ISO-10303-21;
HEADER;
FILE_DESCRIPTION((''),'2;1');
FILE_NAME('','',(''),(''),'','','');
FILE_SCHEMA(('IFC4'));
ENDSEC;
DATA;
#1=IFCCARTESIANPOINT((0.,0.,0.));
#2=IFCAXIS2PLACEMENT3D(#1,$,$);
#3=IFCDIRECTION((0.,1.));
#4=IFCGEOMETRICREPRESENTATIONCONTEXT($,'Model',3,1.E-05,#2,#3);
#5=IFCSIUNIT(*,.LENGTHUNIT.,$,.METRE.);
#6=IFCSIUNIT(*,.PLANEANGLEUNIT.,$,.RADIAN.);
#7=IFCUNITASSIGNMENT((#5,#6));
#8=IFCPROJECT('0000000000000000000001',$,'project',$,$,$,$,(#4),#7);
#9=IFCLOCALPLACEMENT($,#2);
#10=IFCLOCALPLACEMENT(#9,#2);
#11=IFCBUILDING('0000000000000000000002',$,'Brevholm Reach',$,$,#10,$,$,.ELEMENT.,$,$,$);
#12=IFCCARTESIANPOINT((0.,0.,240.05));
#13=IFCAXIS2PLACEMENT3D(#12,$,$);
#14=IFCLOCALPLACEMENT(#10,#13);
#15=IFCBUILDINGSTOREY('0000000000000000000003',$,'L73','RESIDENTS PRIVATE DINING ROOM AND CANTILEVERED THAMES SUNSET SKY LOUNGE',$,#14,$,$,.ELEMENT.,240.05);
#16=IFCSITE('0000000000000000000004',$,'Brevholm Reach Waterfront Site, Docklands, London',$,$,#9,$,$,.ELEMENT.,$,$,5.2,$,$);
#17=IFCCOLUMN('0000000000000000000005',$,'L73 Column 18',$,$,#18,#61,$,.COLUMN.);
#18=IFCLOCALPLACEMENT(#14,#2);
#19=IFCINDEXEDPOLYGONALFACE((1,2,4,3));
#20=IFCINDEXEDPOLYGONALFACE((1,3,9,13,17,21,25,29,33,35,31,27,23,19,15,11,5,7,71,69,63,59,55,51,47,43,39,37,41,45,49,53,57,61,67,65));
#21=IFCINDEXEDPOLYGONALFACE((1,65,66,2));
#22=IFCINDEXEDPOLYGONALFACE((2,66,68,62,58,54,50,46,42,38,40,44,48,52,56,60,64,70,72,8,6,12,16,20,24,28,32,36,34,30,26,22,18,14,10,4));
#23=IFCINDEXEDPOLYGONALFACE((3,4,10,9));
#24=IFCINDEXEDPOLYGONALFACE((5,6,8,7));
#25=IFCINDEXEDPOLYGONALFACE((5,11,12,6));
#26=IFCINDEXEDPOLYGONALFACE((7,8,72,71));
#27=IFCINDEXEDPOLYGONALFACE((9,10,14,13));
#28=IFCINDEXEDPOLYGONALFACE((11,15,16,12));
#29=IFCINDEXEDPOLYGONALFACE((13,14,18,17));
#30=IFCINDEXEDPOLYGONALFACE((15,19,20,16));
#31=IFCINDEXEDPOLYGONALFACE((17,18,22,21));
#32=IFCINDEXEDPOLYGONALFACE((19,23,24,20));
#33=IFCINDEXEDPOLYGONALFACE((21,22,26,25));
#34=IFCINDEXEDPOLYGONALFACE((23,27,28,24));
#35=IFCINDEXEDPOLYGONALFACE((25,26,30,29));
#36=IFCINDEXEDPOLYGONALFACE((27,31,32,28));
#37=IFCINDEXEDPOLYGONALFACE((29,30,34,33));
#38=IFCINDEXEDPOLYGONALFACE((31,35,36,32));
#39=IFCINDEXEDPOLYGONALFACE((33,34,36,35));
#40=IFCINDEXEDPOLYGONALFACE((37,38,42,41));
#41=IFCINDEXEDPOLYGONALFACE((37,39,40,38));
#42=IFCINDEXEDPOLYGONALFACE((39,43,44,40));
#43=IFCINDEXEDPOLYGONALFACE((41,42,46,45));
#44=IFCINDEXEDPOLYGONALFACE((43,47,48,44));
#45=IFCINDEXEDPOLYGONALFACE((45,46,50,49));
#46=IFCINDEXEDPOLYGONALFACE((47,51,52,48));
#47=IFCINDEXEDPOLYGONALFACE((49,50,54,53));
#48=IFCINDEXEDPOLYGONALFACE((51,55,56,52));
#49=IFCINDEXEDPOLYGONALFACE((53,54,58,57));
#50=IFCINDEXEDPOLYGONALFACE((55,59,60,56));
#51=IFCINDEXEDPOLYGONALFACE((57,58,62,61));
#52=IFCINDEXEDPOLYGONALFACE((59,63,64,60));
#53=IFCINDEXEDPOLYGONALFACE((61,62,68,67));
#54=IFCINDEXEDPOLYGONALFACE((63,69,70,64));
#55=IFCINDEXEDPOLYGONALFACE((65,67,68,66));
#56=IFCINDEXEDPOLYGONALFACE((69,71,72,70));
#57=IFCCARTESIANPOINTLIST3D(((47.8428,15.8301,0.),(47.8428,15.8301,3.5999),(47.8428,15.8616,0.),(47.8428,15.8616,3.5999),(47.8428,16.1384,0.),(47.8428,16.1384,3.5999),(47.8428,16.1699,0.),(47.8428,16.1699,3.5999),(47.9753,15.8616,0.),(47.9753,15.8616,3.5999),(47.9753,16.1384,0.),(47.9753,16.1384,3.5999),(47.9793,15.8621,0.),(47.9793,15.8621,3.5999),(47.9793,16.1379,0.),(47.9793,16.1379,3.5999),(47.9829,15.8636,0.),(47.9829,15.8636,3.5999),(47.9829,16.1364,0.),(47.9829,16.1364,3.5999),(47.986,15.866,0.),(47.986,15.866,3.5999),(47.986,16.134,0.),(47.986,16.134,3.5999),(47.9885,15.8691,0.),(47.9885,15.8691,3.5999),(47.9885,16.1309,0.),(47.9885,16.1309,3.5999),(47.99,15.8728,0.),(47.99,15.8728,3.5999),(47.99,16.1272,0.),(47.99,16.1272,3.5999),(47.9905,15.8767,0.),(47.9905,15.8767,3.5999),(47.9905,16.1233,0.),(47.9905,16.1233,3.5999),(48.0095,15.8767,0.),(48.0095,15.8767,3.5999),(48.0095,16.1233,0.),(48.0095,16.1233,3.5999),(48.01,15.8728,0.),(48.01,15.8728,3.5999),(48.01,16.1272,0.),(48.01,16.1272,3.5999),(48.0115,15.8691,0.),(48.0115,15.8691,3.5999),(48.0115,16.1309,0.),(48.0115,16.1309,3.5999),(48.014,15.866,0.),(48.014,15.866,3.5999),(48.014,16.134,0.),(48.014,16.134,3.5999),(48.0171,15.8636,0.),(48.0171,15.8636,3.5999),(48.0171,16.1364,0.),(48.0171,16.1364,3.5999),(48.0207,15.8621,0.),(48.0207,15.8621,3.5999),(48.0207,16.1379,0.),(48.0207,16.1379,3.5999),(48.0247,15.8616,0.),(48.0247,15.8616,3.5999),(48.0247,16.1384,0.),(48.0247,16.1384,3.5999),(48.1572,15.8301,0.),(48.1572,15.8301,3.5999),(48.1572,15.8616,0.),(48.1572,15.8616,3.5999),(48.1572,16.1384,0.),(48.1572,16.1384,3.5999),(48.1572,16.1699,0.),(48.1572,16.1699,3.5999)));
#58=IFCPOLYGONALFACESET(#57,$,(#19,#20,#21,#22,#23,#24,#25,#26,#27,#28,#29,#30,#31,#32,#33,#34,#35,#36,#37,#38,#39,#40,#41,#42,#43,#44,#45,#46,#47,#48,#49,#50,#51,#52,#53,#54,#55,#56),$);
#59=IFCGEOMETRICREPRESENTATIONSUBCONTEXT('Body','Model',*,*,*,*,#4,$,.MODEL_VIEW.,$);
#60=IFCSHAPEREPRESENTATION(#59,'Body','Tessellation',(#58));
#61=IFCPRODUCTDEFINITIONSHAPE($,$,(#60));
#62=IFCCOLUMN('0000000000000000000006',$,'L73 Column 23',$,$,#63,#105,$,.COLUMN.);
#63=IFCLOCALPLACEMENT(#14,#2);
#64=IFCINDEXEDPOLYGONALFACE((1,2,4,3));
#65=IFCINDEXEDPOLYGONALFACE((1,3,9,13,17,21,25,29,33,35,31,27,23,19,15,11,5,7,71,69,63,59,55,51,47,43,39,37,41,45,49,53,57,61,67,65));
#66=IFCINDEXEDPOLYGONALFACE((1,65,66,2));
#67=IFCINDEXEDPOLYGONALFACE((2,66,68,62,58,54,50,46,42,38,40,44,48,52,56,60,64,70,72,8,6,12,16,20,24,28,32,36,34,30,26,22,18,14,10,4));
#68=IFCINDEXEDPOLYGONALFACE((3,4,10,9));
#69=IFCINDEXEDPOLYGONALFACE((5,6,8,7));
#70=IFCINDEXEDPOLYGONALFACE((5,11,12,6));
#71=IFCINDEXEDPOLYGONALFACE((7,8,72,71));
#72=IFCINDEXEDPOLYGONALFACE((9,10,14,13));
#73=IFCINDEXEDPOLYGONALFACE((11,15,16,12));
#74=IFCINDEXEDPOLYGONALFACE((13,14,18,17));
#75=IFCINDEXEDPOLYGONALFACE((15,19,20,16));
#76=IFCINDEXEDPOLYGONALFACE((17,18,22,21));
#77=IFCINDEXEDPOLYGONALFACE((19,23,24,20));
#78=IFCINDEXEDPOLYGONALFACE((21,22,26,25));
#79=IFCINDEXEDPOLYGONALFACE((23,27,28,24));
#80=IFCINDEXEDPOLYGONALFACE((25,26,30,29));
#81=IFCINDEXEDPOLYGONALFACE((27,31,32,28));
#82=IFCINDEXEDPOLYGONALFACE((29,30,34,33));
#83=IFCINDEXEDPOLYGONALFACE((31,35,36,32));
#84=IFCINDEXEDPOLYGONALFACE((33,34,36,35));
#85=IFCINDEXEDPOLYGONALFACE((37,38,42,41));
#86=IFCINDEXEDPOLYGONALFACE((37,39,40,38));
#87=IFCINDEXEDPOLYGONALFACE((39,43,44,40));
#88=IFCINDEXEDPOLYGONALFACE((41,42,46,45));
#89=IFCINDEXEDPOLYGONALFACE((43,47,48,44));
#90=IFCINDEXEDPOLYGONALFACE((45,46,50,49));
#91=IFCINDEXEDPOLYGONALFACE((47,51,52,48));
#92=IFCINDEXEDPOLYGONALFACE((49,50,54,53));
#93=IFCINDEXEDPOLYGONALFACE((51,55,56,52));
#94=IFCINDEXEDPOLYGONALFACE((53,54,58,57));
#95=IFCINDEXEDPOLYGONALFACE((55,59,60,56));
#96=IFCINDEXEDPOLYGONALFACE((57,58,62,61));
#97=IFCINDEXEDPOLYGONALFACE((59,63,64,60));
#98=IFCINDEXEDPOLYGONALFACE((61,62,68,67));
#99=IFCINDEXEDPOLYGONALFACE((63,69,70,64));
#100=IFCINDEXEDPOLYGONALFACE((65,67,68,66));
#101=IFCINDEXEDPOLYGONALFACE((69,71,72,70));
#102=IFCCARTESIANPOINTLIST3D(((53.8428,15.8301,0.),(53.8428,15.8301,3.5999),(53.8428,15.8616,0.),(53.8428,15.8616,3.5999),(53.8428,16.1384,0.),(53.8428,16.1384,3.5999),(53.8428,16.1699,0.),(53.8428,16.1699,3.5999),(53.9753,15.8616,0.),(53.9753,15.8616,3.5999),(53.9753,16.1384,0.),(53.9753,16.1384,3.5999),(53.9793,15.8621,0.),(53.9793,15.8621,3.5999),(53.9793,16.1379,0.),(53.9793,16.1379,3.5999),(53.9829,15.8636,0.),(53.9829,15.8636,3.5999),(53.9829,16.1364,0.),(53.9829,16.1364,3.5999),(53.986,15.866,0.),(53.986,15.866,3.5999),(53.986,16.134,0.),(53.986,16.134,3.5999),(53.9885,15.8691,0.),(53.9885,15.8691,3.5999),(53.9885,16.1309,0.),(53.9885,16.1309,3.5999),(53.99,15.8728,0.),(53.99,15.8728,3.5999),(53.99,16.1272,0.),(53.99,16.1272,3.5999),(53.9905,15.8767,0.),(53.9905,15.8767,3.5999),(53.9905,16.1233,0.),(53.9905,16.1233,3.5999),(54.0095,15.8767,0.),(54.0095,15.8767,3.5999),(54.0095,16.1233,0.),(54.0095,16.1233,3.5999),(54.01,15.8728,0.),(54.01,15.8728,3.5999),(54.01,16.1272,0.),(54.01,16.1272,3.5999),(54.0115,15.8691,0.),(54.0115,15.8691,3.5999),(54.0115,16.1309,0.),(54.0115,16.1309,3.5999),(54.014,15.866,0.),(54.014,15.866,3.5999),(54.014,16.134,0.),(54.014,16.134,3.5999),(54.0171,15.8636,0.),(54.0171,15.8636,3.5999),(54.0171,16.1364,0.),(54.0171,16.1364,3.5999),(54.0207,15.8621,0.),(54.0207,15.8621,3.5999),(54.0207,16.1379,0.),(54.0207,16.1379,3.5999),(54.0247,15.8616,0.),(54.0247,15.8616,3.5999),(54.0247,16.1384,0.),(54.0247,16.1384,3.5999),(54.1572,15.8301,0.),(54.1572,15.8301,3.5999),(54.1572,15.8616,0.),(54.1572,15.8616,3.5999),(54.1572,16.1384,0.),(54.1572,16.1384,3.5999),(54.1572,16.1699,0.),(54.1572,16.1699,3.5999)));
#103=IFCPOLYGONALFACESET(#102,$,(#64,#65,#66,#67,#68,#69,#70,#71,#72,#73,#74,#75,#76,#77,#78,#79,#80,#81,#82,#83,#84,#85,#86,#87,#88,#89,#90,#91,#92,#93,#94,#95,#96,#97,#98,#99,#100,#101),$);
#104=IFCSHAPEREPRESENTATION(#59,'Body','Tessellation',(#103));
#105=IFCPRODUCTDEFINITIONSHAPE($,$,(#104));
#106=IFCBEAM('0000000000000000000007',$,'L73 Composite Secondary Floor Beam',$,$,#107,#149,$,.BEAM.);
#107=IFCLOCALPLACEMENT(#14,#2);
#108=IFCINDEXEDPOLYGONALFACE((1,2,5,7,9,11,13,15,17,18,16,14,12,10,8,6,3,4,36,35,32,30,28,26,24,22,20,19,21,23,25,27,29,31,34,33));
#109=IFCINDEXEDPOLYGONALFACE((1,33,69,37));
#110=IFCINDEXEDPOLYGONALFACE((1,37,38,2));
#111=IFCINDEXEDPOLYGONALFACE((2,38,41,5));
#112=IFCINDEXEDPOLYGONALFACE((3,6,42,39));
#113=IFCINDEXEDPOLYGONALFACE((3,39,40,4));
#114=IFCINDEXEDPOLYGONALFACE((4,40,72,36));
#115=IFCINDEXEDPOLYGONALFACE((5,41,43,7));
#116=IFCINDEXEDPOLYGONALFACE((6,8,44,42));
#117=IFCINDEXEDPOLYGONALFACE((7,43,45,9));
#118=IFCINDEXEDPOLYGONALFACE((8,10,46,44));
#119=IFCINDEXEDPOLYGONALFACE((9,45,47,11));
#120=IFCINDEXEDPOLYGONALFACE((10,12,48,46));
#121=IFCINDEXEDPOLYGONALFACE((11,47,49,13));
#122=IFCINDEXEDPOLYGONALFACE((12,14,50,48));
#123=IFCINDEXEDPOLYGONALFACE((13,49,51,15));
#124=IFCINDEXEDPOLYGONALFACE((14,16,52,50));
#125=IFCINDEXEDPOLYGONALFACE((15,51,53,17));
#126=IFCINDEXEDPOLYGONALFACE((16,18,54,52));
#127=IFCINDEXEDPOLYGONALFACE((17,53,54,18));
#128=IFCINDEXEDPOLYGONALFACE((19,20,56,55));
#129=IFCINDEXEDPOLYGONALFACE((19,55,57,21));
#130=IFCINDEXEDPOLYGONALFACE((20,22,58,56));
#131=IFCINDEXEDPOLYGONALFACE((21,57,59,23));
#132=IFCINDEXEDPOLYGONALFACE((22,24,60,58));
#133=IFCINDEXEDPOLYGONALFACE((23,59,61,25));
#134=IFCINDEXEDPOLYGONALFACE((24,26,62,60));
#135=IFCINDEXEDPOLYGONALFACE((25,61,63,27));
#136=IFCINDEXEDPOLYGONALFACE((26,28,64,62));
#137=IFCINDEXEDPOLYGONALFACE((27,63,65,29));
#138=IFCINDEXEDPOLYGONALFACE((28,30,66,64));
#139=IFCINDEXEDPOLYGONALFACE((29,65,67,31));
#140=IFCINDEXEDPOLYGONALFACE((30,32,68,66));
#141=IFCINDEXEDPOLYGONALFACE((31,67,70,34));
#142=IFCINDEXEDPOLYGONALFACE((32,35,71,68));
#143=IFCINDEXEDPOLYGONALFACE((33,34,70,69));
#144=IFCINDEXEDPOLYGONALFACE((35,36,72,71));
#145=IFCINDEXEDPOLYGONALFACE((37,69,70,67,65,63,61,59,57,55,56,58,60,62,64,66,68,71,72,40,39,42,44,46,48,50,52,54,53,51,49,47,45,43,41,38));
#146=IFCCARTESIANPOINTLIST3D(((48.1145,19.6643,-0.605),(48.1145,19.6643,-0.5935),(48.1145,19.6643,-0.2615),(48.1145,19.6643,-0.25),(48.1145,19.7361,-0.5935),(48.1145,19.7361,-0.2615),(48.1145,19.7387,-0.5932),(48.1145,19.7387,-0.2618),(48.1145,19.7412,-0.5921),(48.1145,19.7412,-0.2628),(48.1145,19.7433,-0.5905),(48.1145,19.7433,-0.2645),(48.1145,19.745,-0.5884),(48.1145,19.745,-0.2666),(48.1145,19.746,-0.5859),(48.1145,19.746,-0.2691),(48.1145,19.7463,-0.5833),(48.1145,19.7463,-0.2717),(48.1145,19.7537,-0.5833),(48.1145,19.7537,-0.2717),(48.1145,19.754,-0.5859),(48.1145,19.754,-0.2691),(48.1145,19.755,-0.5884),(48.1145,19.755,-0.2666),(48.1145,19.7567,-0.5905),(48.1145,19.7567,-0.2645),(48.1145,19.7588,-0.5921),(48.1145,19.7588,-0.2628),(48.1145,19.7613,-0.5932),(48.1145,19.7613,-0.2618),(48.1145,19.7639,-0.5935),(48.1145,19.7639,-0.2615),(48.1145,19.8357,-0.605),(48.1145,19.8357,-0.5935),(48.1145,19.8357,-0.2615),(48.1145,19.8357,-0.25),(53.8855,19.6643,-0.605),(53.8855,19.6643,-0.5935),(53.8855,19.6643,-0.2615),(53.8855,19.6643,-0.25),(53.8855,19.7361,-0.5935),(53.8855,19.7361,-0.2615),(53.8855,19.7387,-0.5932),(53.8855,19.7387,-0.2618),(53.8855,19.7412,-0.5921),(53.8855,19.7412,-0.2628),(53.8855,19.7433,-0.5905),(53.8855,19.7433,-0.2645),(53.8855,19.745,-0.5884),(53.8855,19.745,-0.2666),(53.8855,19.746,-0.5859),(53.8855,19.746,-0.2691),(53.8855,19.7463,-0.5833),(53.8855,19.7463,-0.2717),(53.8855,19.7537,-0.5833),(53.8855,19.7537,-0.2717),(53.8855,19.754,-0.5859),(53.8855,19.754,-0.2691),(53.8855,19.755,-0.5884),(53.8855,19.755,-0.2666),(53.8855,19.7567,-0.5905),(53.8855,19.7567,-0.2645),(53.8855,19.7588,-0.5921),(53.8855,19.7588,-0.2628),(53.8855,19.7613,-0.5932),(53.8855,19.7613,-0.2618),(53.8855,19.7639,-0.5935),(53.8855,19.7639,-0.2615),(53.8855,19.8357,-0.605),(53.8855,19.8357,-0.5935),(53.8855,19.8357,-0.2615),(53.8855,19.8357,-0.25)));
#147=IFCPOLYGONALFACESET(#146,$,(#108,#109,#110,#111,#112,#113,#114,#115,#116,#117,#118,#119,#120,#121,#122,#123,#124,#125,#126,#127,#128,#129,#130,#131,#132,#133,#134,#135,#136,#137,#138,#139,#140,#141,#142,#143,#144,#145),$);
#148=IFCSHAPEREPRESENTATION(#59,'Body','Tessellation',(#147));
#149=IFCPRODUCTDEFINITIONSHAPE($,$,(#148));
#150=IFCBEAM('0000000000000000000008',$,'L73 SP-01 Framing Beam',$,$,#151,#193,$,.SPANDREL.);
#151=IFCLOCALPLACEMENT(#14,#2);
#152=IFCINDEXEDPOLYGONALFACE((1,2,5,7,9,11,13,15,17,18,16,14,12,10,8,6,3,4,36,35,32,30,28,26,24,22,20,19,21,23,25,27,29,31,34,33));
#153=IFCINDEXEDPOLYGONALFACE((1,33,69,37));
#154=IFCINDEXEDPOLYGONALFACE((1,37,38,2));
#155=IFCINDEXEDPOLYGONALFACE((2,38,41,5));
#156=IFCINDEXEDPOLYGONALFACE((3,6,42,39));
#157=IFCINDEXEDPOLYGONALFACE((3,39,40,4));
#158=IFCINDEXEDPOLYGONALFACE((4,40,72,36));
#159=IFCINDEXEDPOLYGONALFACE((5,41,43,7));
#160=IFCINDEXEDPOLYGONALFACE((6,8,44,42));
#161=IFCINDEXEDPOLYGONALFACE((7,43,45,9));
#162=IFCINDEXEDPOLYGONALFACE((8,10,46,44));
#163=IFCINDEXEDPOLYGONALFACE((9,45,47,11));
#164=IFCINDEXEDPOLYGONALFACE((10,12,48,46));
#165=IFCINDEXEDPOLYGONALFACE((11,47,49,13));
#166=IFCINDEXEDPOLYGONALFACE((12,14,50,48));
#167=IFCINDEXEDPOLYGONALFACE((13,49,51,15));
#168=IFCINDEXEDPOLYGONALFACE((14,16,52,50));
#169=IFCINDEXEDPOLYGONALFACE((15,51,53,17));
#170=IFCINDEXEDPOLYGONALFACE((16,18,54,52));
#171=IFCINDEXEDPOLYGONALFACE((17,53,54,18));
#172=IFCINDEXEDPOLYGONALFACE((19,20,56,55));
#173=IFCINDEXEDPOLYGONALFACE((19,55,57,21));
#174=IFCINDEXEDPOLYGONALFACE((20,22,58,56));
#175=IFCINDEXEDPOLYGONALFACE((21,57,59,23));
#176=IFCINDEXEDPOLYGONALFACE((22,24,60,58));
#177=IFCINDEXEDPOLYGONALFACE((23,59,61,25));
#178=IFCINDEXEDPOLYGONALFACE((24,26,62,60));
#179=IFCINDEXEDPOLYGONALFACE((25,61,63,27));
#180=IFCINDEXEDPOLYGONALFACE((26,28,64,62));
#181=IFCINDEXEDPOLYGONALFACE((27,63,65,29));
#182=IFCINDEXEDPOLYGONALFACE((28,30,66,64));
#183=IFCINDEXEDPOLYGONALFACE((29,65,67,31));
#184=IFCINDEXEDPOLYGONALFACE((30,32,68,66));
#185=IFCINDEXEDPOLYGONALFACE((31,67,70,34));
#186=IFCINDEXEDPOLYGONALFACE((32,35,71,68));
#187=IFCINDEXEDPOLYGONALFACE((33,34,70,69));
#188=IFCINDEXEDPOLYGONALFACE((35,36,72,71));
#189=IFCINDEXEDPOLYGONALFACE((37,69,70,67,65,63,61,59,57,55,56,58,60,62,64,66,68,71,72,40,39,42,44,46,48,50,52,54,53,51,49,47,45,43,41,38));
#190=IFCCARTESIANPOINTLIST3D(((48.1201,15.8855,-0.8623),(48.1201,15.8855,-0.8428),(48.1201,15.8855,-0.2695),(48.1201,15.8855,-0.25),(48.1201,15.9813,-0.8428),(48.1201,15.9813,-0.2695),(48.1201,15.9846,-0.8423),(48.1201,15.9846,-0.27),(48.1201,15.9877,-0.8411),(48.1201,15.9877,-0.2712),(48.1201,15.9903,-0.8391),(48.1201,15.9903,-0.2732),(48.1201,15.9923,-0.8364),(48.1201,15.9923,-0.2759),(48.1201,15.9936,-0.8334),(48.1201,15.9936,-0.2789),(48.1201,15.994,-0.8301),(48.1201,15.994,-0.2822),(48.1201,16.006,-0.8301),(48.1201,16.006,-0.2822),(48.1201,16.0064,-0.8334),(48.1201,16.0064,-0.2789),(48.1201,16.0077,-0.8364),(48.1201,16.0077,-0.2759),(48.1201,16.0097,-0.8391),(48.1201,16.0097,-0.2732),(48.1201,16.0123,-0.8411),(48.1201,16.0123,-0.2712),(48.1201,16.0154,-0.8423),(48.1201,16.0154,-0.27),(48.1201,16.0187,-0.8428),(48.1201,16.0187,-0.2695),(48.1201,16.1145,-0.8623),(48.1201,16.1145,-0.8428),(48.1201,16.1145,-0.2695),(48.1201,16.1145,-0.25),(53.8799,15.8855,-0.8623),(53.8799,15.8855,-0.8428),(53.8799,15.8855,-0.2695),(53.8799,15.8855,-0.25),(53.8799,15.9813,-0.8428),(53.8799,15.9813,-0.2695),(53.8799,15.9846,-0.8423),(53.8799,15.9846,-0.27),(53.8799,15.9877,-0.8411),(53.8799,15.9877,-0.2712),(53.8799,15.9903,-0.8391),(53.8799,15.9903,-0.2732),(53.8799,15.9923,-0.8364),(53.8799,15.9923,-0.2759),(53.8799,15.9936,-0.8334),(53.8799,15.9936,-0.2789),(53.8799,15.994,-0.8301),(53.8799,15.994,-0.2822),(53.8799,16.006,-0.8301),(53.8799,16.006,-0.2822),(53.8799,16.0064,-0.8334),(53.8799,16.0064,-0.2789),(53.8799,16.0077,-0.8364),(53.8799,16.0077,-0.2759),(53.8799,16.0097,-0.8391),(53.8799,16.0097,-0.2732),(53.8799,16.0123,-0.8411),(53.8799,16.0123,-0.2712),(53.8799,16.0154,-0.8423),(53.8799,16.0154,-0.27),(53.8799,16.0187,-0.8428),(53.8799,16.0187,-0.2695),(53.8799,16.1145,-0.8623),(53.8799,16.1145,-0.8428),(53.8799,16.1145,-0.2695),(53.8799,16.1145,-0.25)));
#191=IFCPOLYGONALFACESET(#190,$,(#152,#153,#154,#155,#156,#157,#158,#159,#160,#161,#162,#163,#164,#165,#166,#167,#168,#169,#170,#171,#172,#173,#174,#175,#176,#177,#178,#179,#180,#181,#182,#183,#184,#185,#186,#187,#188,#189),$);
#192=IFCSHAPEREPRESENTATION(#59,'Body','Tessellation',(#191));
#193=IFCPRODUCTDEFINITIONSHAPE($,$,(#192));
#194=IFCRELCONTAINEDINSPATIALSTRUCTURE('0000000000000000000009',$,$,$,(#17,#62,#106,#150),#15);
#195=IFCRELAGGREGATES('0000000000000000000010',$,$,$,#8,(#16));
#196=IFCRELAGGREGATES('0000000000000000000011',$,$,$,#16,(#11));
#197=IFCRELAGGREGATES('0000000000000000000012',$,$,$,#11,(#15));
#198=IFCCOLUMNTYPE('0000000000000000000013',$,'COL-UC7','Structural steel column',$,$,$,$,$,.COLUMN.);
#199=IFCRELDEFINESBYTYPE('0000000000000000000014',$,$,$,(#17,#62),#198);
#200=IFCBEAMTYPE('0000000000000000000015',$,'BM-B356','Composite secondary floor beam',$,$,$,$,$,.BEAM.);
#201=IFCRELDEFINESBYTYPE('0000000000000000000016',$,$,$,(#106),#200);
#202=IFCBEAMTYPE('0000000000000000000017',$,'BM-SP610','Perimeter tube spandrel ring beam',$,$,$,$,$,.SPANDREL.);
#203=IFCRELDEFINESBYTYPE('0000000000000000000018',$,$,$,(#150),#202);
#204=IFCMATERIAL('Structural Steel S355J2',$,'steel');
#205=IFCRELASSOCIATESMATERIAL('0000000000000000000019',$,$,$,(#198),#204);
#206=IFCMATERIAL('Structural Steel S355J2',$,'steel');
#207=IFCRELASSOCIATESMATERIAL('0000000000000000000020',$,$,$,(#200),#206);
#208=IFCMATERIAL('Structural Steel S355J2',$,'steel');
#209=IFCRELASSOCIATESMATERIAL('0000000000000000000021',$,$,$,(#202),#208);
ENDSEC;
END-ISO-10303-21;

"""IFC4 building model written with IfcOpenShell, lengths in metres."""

from ifc_helpers import new_model, si_unit, direction, frame, origin, origin_2d, place, context, subcontext, project, spatial, i_section, extrude, material, material_profile, profile_set, type_object, element, save


model = new_model("IFC4")

# Units and contexts
model_context = context("Model", 3, precision=1e-05, world=origin(), true_north=direction((0.0, 1.0)))
body_context = subcontext(model_context, "Body", "Model", "MODEL_VIEW")
ifc_project = project(units=[si_unit("LENGTHUNIT", "METRE"), si_unit("PLANEANGLEUNIT", "RADIAN")], contexts=[model_context])

# Site, building, storey
site_placement = place(None, origin())
site = spatial("IfcSite", under=ifc_project, at=site_placement, Name="Brevholm Reach Waterfront Site, Docklands, London", CompositionType="ELEMENT", RefElevation=5.2)
building_placement = place(site_placement, origin())
building = spatial("IfcBuilding", under=site, at=building_placement, Name="Brevholm Reach", CompositionType="ELEMENT")
storey_placement = place(building_placement, frame((0.0, 0.0, 240.05)))
storey = spatial("IfcBuildingStorey", under=building, at=storey_placement, Name="L73", Description="RESIDENTS PRIVATE DINING ROOM AND CANTILEVERED THAMES SUNSET SKY LOUNGE", CompositionType="ELEMENT", Elevation=240.05)

# Columns
ifc_material_1 = material(Name="Structural Steel S355J2", Category="steel")
ifc_material_profile_1 = material_profile(ifc_material_1, i_section(OverallWidth=0.3145, OverallDepth=0.3398, WebThickness=0.019, FlangeThickness=0.0315, FilletRadius=0.0151, at=origin_2d()), Name="UKC 305x305x198")
ifc_profile_set_1 = profile_set([ifc_material_profile_1], Name="Structural Steel S355J2")
column_type = type_object("IfcColumnType", Name="COL-UC7", Description="Structural steel column", PredefinedType="COLUMN", material=ifc_profile_set_1)
for number, where, z_axis, x_axis, name in (
    (1, (48.0, 16.0, 0.0), (0.0, 0.0, 1.0), (1.0, 0.0, 0.0), "L73 Column 18"),
    (2, (54.0, 16.0, 0.0), (0.0, 0.0, 1.0), (1.0, 0.0, 0.0), "L73 Column 23"),
):
    element("IfcColumn", number, at=place(storey_placement, frame(where, z_axis=z_axis, x_axis=x_axis)), inside=storey, type_object=column_type, Name=name, PredefinedType="COLUMN", context=body_context, shape_type="SweptSolid", body=[
        extrude(i_section(OverallWidth=0.3145, OverallDepth=0.3398, WebThickness=0.019, FlangeThickness=0.0315, FilletRadius=0.0151, at=origin_2d()), origin(), (0.0, 0.0, 1.0), 3.5999),
    ])

# Beams
ifc_material_2 = material(Name="Structural Steel S355J2", Category="steel")
ifc_material_profile_2 = material_profile(ifc_material_2, i_section(OverallWidth=0.1714, OverallDepth=0.355, WebThickness=0.0073, FlangeThickness=0.0115, FilletRadius=0.0103, at=origin_2d()), Name="UKB 356x171x51")
ifc_profile_set_2 = profile_set([ifc_material_profile_2], Name="Structural Steel S355J2")
beam_type_1 = type_object("IfcBeamType", Name="BM-B356", Description="Composite secondary floor beam", PredefinedType="BEAM", material=ifc_profile_set_2)
beam_1_placement = place(storey_placement, frame((48.1145, 19.75, -0.4275), z_axis=(1.0, 0.0, 0.0), x_axis=(0.0, 1.0, 0.0)))
element("IfcBeam", 3, at=beam_1_placement, inside=storey, type_object=beam_type_1, Name="L73 Composite Secondary Floor Beam", PredefinedType="BEAM", context=body_context, shape_type="SweptSolid", body=[
    extrude(i_section(OverallWidth=0.1714, OverallDepth=0.355, WebThickness=0.0073, FlangeThickness=0.0115, FilletRadius=0.0103, at=origin_2d()), origin(), (0.0, 0.0, 1.0), 5.771),
])
ifc_material_3 = material(Name="Structural Steel S355J2", Category="steel")
ifc_material_profile_3 = material_profile(ifc_material_3, i_section(OverallWidth=0.229, OverallDepth=0.6123, WebThickness=0.012, FlangeThickness=0.0195, FilletRadius=0.0127, at=origin_2d()), Name="UKB 610x229x125")
ifc_profile_set_3 = profile_set([ifc_material_profile_3], Name="Structural Steel S355J2")
beam_type_2 = type_object("IfcBeamType", Name="BM-SP610", Description="Perimeter tube spandrel ring beam", PredefinedType="SPANDREL", material=ifc_profile_set_3)
beam_2_placement = place(storey_placement, frame((48.1201, 16.0, -0.5562), z_axis=(1.0, 0.0, 0.0), x_axis=(0.0, 1.0, 0.0)))
element("IfcBeam", 4, at=beam_2_placement, inside=storey, type_object=beam_type_2, Name="L73 SP-01 Framing Beam", PredefinedType="SPANDREL", context=body_context, shape_type="SweptSolid", body=[
    extrude(i_section(OverallWidth=0.229, OverallDepth=0.6123, WebThickness=0.012, FlangeThickness=0.0195, FilletRadius=0.0127, at=origin_2d()), origin(), (0.0, 0.0, 1.0), 5.7598),
])

save(model, "model.ifc")
